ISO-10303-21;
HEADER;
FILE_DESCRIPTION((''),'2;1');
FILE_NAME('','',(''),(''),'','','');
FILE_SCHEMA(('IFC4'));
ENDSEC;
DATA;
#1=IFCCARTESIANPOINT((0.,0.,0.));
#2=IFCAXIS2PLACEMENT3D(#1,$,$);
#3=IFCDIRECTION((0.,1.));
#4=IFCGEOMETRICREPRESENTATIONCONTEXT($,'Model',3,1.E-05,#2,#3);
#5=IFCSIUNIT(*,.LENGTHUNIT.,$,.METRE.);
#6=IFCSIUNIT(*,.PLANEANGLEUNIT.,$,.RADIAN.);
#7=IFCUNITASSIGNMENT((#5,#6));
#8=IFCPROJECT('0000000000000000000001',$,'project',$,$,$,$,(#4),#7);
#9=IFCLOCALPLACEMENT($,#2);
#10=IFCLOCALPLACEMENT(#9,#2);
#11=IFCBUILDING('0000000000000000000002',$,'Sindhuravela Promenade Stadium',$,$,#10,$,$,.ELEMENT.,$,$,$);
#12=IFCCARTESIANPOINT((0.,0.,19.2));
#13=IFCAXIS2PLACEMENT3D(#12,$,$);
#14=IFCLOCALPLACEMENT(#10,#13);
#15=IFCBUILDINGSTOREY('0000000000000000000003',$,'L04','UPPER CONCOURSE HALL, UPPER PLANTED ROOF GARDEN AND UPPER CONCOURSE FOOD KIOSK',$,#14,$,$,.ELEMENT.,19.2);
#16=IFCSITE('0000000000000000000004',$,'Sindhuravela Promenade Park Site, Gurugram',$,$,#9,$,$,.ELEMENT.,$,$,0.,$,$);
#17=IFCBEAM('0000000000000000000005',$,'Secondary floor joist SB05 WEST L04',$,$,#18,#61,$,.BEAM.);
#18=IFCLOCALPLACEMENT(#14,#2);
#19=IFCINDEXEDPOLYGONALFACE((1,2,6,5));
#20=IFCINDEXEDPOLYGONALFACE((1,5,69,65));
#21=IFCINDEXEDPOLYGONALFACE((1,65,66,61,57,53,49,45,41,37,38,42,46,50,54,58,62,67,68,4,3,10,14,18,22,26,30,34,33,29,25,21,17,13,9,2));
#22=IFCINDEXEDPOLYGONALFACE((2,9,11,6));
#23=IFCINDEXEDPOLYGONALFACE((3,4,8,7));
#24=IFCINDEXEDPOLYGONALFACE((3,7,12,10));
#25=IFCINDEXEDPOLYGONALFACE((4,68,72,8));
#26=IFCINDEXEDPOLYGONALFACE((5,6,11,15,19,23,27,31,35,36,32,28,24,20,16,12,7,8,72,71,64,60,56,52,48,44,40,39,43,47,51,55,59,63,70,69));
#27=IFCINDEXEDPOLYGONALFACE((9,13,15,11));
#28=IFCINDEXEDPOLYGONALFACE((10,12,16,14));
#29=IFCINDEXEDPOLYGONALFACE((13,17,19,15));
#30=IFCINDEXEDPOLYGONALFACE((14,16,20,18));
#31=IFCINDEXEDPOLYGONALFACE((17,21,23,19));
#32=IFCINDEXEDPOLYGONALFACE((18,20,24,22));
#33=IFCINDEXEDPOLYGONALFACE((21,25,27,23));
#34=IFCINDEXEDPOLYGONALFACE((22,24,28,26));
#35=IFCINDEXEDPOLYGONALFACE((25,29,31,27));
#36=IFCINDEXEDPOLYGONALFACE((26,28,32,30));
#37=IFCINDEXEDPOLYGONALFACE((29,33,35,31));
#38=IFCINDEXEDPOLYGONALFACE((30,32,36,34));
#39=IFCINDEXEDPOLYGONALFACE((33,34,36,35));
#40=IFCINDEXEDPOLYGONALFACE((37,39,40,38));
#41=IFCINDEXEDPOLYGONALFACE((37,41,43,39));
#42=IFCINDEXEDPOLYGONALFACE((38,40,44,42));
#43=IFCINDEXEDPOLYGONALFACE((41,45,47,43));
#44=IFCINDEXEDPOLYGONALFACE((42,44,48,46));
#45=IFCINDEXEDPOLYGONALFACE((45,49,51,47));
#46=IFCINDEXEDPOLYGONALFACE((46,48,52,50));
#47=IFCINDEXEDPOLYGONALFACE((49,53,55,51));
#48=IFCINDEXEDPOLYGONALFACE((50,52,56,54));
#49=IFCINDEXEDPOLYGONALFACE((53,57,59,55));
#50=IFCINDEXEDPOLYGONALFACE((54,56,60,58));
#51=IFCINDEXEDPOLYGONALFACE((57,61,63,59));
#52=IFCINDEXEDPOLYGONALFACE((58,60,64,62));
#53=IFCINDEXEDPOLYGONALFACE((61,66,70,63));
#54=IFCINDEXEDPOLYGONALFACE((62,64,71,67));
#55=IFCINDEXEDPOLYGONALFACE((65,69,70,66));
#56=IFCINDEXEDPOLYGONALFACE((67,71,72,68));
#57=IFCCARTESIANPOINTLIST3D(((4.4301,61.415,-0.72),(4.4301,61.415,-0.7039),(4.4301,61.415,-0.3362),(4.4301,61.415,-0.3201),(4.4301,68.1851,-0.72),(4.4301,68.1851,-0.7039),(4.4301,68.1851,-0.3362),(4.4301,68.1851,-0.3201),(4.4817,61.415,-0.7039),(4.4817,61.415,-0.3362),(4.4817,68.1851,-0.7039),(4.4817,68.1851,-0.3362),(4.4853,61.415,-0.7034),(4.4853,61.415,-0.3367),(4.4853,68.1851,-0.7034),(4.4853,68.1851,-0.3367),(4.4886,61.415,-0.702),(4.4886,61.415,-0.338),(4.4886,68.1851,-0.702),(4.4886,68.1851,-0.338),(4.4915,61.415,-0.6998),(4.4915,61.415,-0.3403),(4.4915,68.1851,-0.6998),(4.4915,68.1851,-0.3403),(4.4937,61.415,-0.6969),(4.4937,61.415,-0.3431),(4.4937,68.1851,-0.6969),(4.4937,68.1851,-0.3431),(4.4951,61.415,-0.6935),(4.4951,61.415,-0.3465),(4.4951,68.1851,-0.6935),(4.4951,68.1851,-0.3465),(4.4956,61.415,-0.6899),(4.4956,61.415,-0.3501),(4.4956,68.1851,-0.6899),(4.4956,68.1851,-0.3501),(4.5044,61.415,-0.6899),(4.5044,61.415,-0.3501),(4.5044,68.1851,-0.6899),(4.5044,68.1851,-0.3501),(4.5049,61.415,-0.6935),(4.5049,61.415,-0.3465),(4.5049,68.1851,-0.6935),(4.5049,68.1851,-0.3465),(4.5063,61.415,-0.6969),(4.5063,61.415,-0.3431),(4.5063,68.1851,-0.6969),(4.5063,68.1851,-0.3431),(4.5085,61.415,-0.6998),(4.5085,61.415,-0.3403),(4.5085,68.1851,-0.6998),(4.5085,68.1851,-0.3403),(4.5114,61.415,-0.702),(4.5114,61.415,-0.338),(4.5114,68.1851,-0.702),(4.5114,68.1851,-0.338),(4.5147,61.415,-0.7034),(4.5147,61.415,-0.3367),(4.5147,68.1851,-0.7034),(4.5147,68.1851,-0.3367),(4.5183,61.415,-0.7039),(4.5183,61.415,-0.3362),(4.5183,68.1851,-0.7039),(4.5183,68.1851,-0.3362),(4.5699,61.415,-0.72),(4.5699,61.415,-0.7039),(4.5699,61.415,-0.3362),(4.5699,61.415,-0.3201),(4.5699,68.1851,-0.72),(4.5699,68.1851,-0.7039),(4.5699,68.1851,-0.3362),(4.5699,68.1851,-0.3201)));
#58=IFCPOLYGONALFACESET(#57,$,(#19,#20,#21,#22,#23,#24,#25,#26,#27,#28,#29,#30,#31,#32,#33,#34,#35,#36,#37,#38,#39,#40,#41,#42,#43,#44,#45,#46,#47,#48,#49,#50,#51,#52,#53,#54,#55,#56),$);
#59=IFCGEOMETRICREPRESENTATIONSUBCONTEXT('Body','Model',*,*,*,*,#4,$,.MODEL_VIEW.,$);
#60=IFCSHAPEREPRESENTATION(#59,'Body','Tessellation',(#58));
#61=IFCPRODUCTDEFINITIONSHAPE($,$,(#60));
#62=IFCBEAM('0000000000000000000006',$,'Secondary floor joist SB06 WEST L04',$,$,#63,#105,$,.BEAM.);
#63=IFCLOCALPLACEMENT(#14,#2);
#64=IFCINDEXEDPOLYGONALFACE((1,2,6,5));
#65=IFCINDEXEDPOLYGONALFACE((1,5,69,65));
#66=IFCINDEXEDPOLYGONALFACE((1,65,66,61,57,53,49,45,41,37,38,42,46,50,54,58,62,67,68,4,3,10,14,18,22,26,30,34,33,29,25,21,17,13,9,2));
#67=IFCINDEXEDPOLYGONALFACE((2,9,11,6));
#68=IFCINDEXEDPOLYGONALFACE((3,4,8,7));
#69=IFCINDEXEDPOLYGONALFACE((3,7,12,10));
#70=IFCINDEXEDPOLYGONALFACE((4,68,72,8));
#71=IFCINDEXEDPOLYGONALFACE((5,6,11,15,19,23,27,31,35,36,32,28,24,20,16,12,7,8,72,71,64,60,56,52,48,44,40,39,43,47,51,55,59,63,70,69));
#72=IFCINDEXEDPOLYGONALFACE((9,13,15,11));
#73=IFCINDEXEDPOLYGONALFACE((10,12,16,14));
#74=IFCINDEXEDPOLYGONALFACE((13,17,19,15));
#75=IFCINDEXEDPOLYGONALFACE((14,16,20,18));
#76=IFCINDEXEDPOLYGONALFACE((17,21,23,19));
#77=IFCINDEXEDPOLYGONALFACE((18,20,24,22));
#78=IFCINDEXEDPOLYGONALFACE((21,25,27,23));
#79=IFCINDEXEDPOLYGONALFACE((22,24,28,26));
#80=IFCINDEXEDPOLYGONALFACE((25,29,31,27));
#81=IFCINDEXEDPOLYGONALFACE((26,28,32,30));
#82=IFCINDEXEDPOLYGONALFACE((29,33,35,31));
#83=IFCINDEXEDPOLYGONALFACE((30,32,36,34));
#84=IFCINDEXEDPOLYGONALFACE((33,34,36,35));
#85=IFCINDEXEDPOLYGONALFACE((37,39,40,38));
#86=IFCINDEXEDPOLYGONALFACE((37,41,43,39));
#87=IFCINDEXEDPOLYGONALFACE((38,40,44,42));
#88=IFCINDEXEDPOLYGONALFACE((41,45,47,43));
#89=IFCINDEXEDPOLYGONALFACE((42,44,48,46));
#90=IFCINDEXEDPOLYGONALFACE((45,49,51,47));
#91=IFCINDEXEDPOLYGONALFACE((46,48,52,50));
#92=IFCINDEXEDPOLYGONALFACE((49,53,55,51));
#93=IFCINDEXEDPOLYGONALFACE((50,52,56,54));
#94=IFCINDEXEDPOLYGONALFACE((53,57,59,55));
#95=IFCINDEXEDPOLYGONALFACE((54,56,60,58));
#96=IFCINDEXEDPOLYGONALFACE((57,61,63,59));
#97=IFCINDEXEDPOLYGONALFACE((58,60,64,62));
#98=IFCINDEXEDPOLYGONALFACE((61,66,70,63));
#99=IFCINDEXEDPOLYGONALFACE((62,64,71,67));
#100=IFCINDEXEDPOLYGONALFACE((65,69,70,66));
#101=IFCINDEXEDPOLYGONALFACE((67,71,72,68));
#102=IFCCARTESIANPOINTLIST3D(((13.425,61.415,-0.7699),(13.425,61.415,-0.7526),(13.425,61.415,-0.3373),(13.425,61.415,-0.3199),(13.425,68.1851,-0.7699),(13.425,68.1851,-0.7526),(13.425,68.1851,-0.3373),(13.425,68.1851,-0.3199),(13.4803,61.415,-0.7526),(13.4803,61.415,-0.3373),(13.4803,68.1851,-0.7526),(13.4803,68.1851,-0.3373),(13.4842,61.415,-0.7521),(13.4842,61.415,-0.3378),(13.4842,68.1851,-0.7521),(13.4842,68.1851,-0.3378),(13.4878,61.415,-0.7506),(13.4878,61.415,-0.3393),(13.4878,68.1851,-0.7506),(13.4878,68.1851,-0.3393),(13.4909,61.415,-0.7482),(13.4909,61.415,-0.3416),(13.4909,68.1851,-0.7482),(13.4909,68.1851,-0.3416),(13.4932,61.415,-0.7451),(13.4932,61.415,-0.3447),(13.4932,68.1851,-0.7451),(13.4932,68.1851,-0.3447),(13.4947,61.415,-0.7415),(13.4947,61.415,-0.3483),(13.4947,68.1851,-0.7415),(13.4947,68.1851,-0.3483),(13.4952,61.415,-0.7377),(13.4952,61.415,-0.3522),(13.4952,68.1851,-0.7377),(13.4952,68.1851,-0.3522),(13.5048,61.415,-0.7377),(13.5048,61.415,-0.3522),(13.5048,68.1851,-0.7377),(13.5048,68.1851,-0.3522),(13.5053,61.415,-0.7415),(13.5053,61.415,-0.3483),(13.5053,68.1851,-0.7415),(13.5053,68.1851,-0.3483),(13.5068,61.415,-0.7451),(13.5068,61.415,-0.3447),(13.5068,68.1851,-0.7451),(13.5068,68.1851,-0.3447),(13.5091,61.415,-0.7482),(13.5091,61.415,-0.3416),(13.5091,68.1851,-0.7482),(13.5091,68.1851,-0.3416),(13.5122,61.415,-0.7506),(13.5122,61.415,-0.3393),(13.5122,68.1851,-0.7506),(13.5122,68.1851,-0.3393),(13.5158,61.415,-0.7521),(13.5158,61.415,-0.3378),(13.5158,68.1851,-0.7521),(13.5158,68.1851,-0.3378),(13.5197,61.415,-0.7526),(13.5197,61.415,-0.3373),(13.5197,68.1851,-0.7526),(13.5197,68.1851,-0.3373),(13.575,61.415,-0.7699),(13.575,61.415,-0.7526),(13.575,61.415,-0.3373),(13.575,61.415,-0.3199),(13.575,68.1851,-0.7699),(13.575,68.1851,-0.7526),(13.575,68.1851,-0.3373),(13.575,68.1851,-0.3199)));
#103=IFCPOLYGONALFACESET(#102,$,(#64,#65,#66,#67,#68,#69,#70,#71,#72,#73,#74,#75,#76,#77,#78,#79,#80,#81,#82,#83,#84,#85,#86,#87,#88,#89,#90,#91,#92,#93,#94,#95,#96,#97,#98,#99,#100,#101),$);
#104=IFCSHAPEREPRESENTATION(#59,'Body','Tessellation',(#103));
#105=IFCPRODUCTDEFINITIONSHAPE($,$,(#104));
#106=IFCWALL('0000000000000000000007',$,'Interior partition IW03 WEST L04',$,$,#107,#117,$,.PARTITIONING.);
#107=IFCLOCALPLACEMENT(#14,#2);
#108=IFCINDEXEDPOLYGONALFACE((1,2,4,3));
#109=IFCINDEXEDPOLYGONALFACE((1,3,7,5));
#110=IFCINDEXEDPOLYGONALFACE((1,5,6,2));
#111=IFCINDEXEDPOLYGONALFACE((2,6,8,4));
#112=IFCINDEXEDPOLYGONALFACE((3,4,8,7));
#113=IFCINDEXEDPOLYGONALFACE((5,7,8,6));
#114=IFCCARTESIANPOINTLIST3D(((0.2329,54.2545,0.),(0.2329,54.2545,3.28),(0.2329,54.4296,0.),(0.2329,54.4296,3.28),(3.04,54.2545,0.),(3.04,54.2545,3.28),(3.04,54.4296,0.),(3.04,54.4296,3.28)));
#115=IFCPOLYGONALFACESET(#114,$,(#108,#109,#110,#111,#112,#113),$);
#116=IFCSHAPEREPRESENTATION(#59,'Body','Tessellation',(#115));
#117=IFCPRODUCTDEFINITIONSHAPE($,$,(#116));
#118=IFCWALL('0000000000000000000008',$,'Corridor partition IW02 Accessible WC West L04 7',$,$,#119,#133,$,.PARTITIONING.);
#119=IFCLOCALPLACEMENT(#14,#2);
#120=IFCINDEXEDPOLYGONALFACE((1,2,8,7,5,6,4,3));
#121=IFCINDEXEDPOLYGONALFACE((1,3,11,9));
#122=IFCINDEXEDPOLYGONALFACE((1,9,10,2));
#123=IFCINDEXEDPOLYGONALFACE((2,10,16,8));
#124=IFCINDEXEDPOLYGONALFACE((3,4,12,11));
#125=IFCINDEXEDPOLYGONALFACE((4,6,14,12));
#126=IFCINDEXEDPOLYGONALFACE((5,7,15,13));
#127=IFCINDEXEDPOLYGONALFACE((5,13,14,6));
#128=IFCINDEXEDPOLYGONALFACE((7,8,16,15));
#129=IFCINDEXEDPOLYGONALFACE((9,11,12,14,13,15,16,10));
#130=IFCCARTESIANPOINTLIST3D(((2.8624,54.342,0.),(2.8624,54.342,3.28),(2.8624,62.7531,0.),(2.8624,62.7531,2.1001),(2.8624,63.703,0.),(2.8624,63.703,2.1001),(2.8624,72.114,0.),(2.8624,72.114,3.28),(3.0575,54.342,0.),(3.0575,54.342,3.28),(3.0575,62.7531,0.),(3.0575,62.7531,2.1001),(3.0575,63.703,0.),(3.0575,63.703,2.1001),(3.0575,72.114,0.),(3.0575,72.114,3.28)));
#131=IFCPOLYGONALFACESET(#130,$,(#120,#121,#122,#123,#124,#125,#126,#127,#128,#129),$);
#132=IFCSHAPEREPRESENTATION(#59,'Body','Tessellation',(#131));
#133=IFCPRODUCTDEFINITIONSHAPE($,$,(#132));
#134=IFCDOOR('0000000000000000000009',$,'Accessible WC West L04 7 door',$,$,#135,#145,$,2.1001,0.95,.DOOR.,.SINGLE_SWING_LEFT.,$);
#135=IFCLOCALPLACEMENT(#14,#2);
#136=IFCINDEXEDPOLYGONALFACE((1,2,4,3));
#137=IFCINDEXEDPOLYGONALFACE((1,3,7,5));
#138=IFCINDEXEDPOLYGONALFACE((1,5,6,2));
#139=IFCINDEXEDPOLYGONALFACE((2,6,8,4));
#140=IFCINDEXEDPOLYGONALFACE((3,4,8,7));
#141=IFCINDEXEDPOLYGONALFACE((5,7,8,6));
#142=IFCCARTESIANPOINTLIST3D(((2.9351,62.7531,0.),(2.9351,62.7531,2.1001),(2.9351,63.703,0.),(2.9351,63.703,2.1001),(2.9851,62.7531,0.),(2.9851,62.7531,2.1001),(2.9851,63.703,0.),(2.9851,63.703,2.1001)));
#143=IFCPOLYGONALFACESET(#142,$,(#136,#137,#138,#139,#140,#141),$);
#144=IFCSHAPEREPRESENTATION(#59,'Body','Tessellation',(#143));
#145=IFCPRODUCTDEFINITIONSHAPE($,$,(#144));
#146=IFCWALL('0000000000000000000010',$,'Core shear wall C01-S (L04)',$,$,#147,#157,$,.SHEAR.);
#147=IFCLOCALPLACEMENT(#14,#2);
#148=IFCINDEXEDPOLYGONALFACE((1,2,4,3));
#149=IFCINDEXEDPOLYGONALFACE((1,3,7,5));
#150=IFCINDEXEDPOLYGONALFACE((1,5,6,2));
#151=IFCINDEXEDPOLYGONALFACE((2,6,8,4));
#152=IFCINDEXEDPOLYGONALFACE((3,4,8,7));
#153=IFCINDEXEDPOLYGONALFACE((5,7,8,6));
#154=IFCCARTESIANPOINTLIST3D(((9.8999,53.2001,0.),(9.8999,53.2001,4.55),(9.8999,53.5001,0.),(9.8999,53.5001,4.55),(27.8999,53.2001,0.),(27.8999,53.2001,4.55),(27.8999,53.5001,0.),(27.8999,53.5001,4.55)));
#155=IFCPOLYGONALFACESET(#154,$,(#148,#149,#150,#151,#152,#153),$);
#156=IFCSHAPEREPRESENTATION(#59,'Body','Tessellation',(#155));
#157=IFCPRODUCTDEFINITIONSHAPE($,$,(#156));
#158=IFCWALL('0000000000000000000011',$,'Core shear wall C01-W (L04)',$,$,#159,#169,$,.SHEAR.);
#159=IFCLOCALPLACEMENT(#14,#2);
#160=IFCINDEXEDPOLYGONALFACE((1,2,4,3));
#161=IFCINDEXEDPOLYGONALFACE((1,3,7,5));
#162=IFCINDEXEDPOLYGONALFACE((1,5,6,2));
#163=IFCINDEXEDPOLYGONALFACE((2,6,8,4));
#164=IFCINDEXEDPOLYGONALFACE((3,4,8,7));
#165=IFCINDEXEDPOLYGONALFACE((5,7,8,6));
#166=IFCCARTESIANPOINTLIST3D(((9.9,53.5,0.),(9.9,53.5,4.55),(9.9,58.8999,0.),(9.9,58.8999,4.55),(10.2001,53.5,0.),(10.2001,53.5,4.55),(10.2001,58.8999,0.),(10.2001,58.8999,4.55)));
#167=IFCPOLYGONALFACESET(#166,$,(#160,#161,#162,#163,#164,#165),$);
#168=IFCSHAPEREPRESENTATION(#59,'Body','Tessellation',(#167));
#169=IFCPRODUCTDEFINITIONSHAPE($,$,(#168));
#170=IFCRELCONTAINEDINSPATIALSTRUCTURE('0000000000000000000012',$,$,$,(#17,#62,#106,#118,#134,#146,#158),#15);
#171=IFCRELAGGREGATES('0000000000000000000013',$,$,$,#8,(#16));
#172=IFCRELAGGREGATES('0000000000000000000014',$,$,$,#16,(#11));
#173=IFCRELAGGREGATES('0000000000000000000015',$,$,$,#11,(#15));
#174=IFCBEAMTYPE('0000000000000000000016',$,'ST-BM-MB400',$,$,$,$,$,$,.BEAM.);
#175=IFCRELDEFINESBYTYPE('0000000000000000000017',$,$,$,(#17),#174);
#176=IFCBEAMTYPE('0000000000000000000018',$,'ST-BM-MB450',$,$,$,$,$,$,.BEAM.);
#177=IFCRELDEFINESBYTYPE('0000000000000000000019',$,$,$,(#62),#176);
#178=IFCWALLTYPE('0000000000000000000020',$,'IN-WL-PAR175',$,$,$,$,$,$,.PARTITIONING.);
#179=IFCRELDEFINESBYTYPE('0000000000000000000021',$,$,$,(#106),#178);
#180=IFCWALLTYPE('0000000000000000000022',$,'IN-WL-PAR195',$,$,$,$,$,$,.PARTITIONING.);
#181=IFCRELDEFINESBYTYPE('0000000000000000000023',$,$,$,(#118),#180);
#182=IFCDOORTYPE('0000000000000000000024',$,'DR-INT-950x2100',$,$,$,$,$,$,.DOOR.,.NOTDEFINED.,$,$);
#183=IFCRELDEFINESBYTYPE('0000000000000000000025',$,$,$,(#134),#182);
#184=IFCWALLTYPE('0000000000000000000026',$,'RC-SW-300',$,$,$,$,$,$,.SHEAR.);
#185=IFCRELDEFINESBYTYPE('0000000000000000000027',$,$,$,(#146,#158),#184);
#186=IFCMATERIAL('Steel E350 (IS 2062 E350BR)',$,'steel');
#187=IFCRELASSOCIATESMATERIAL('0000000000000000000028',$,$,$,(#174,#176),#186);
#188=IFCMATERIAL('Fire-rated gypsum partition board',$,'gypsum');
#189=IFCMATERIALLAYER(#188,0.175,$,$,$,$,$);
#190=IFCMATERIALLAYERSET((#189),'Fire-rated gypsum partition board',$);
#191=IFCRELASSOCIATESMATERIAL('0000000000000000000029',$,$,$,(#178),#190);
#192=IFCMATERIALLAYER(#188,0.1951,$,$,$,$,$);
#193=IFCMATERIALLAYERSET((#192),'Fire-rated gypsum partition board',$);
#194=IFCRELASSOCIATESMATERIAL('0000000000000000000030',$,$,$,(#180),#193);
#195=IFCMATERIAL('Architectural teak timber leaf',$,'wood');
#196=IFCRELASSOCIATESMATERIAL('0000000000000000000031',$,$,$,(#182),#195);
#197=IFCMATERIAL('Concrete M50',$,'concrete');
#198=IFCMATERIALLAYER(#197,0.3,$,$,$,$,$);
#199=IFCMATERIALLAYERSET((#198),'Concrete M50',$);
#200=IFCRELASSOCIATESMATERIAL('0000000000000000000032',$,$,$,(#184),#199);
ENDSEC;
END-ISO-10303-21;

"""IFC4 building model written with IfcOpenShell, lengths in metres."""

from ifc_helpers import new_model, si_unit, direction, frame, frame_2d, origin, origin_2d, place, context, subcontext, project, spatial, rectangle, i_section, extrude, material, layer, layer_set, material_profile, profile_set, type_object, element, fill, save


model = new_model("IFC4")

# Units and contexts
model_context = context("Model", 3, precision=1e-05, world=origin(), true_north=direction((0.0, 1.0)))
body_context = subcontext(model_context, "Body", "Model", "MODEL_VIEW")
ifc_project = project(units=[si_unit("LENGTHUNIT", "METRE"), si_unit("PLANEANGLEUNIT", "RADIAN")], contexts=[model_context])

# Site, building, storey
site_placement = place(None, origin())
site = spatial("IfcSite", under=ifc_project, at=site_placement, Name="Sindhuravela Promenade Park Site, Gurugram", CompositionType="ELEMENT", RefElevation=0.0)
building_placement = place(site_placement, origin())
building = spatial("IfcBuilding", under=site, at=building_placement, Name="Sindhuravela Promenade Stadium", CompositionType="ELEMENT")
storey_placement = place(building_placement, frame((0.0, 0.0, 19.2)))
storey = spatial("IfcBuildingStorey", under=building, at=storey_placement, Name="L04", Description="UPPER CONCOURSE HALL, UPPER PLANTED ROOF GARDEN AND UPPER CONCOURSE FOOD KIOSK", CompositionType="ELEMENT", Elevation=19.2)

# Beams
ifc_material_1 = material(Name="Steel E350 (IS 2062 E350BR)", Category="steel")
ifc_material_profile_1 = material_profile(ifc_material_1, i_section(OverallWidth=0.1399, OverallDepth=0.3999, WebThickness=0.0088, FlangeThickness=0.0161, FilletRadius=0.0139, at=origin_2d()), Name="ISMB 400")
ifc_profile_set_1 = profile_set([ifc_material_profile_1], Name="Steel E350 (IS 2062 E350BR)")
beam_type_1 = type_object("IfcBeamType", Name="ST-BM-MB400", PredefinedType="BEAM", material=ifc_profile_set_1)
beam_1_placement = place(storey_placement, frame((4.5, 61.415, -0.52), z_axis=(0.0, 1.0, 0.0), x_axis=(-1.0, 0.0, 0.0)))
element("IfcBeam", 1, at=beam_1_placement, inside=storey, type_object=beam_type_1, Name="Secondary floor joist SB05 WEST L04", PredefinedType="BEAM", context=body_context, shape_type="SweptSolid", body=[
    extrude(i_section(OverallWidth=0.1399, OverallDepth=0.3999, WebThickness=0.0088, FlangeThickness=0.0161, FilletRadius=0.0139, at=origin_2d()), origin(), (0.0, 0.0, 1.0), 6.77),
])
ifc_material_profile_2 = material_profile(ifc_material_1, i_section(OverallWidth=0.1499, OverallDepth=0.45, WebThickness=0.0095, FlangeThickness=0.0173, FilletRadius=0.0149, at=origin_2d()), Name="ISMB 450")
ifc_profile_set_2 = profile_set([ifc_material_profile_2], Name="Steel E350 (IS 2062 E350BR)")
beam_type_2 = type_object("IfcBeamType", Name="ST-BM-MB450", PredefinedType="BEAM", material=ifc_profile_set_2)
beam_2_placement = place(storey_placement, frame((13.5, 61.415, -0.5449), z_axis=(0.0, 1.0, 0.0), x_axis=(-1.0, 0.0, 0.0)))
element("IfcBeam", 2, at=beam_2_placement, inside=storey, type_object=beam_type_2, Name="Secondary floor joist SB06 WEST L04", PredefinedType="BEAM", context=body_context, shape_type="SweptSolid", body=[
    extrude(i_section(OverallWidth=0.1499, OverallDepth=0.45, WebThickness=0.0095, FlangeThickness=0.0173, FilletRadius=0.0149, at=origin_2d()), origin(), (0.0, 0.0, 1.0), 6.77),
])

# Shared definitions
ifc_material_2 = material(Name="Fire-rated gypsum partition board", Category="gypsum")
ifc_material_3 = material(Name="Architectural teak timber leaf", Category="wood")

# Wall
ifc_layer_1 = layer(ifc_material_2, 0.175)
ifc_layer_set_1 = layer_set([ifc_layer_1], Name="Fire-rated gypsum partition board")
wall_type_1 = type_object("IfcWallType", Name="IN-WL-PAR175", PredefinedType="PARTITIONING", material=ifc_layer_set_1)
wall_1_placement = place(storey_placement, frame((0.2329, 54.342, 0.0), z_axis=(0.0, 0.0, 1.0), x_axis=(1.0, 0.0, 0.0)))
element("IfcWall", 3, at=wall_1_placement, inside=storey, type_object=wall_type_1, Name="Interior partition IW03 WEST L04", PredefinedType="PARTITIONING", context=body_context, shape_type="SweptSolid", body=[
    extrude(rectangle(XDim=2.8071, YDim=0.175, at=frame_2d((1.4036, 0.0))), origin(), (0.0, 0.0, 1.0), 3.28),
])

# Wall, opening, door
ifc_layer_2 = layer(ifc_material_2, 0.1951)
ifc_layer_set_2 = layer_set([ifc_layer_2], Name="Fire-rated gypsum partition board")
wall_type_2 = type_object("IfcWallType", Name="IN-WL-PAR195", PredefinedType="PARTITIONING", material=ifc_layer_set_2)
wall_2_placement = place(storey_placement, frame((2.96, 54.342, 0.0), z_axis=(0.0, 0.0, 1.0), x_axis=(0.0, 1.0, 0.0)))
wall_2 = element("IfcWall", 4, at=wall_2_placement, inside=storey, type_object=wall_type_2, Name="Corridor partition IW02 Accessible WC West L04 7", PredefinedType="PARTITIONING", context=body_context, shape_type="SweptSolid", body=[
    extrude(rectangle(XDim=17.772, YDim=0.1951, at=frame_2d((8.886, 0.0))), origin(), (0.0, 0.0, 1.0), 3.28),
])
opening_1_placement = place(wall_2_placement, frame((8.4109, 0.0, 0.0)))
opening_1 = element("IfcOpeningElement", 5, at=opening_1_placement, cuts=wall_2, PredefinedType="OPENING", context=body_context, shape_type="SweptSolid", body=[
    extrude(rectangle(XDim=0.95, YDim=2.1001, at=frame_2d((0.4751, 1.05))), frame((0.0, 0.1074, 0.0), z_axis=(0.0, -1.0, 0.0), x_axis=(1.0, 0.0, 0.0)), (0.0, 0.0, 1.0), 0.2151),
])
door_type_1 = type_object("IfcDoorType", Name="DR-INT-950x2100", OperationType="NOTDEFINED", PredefinedType="DOOR", material=ifc_material_3)
door_1_placement = place(opening_1_placement, origin())
door_1 = element("IfcDoor", 6, at=door_1_placement, inside=storey, type_object=door_type_1, Name="Accessible WC West L04 7 door", OperationType="SINGLE_SWING_LEFT", OverallHeight=2.1001, OverallWidth=0.95, PredefinedType="DOOR", context=body_context, shape_type="SweptSolid", body=[
    extrude(rectangle(XDim=0.95, YDim=2.1001, at=frame_2d((0.4751, 1.05))), frame((0.0, 0.0249, 0.0), z_axis=(0.0, -1.0, 0.0), x_axis=(1.0, 0.0, 0.0)), (0.0, 0.0, 1.0), 0.05),
])
fill(opening_1, door_1)

# Walls
ifc_material_4 = material(Name="Concrete M50", Category="concrete")
ifc_layer_3 = layer(ifc_material_4, 0.3)
ifc_layer_set_3 = layer_set([ifc_layer_3], Name="Concrete M50")
wall_type_3 = type_object("IfcWallType", Name="RC-SW-300", PredefinedType="SHEAR", material=ifc_layer_set_3)
wall_3_placement = place(storey_placement, frame((9.8999, 53.3501, 0.0), z_axis=(0.0, 0.0, 1.0), x_axis=(1.0, 0.0, 0.0)))
element("IfcWall", 7, at=wall_3_placement, inside=storey, type_object=wall_type_3, Name="Core shear wall C01-S (L04)", PredefinedType="SHEAR", context=body_context, shape_type="SweptSolid", body=[
    extrude(rectangle(XDim=18.0, YDim=0.3, at=frame_2d((9.0, 0.0))), origin(), (0.0, 0.0, 1.0), 4.55),
])
wall_4_placement = place(storey_placement, frame((10.05, 58.8999, 0.0), z_axis=(0.0, 0.0, 1.0), x_axis=(0.0, -1.0, 0.0)))
element("IfcWall", 8, at=wall_4_placement, inside=storey, type_object=wall_type_3, Name="Core shear wall C01-W (L04)", PredefinedType="SHEAR", context=body_context, shape_type="SweptSolid", body=[
    extrude(rectangle(XDim=5.3999, YDim=0.3, at=frame_2d((2.7, 0.0))), origin(), (0.0, 0.0, 1.0), 4.55),
])

save(model, "model.ifc")
